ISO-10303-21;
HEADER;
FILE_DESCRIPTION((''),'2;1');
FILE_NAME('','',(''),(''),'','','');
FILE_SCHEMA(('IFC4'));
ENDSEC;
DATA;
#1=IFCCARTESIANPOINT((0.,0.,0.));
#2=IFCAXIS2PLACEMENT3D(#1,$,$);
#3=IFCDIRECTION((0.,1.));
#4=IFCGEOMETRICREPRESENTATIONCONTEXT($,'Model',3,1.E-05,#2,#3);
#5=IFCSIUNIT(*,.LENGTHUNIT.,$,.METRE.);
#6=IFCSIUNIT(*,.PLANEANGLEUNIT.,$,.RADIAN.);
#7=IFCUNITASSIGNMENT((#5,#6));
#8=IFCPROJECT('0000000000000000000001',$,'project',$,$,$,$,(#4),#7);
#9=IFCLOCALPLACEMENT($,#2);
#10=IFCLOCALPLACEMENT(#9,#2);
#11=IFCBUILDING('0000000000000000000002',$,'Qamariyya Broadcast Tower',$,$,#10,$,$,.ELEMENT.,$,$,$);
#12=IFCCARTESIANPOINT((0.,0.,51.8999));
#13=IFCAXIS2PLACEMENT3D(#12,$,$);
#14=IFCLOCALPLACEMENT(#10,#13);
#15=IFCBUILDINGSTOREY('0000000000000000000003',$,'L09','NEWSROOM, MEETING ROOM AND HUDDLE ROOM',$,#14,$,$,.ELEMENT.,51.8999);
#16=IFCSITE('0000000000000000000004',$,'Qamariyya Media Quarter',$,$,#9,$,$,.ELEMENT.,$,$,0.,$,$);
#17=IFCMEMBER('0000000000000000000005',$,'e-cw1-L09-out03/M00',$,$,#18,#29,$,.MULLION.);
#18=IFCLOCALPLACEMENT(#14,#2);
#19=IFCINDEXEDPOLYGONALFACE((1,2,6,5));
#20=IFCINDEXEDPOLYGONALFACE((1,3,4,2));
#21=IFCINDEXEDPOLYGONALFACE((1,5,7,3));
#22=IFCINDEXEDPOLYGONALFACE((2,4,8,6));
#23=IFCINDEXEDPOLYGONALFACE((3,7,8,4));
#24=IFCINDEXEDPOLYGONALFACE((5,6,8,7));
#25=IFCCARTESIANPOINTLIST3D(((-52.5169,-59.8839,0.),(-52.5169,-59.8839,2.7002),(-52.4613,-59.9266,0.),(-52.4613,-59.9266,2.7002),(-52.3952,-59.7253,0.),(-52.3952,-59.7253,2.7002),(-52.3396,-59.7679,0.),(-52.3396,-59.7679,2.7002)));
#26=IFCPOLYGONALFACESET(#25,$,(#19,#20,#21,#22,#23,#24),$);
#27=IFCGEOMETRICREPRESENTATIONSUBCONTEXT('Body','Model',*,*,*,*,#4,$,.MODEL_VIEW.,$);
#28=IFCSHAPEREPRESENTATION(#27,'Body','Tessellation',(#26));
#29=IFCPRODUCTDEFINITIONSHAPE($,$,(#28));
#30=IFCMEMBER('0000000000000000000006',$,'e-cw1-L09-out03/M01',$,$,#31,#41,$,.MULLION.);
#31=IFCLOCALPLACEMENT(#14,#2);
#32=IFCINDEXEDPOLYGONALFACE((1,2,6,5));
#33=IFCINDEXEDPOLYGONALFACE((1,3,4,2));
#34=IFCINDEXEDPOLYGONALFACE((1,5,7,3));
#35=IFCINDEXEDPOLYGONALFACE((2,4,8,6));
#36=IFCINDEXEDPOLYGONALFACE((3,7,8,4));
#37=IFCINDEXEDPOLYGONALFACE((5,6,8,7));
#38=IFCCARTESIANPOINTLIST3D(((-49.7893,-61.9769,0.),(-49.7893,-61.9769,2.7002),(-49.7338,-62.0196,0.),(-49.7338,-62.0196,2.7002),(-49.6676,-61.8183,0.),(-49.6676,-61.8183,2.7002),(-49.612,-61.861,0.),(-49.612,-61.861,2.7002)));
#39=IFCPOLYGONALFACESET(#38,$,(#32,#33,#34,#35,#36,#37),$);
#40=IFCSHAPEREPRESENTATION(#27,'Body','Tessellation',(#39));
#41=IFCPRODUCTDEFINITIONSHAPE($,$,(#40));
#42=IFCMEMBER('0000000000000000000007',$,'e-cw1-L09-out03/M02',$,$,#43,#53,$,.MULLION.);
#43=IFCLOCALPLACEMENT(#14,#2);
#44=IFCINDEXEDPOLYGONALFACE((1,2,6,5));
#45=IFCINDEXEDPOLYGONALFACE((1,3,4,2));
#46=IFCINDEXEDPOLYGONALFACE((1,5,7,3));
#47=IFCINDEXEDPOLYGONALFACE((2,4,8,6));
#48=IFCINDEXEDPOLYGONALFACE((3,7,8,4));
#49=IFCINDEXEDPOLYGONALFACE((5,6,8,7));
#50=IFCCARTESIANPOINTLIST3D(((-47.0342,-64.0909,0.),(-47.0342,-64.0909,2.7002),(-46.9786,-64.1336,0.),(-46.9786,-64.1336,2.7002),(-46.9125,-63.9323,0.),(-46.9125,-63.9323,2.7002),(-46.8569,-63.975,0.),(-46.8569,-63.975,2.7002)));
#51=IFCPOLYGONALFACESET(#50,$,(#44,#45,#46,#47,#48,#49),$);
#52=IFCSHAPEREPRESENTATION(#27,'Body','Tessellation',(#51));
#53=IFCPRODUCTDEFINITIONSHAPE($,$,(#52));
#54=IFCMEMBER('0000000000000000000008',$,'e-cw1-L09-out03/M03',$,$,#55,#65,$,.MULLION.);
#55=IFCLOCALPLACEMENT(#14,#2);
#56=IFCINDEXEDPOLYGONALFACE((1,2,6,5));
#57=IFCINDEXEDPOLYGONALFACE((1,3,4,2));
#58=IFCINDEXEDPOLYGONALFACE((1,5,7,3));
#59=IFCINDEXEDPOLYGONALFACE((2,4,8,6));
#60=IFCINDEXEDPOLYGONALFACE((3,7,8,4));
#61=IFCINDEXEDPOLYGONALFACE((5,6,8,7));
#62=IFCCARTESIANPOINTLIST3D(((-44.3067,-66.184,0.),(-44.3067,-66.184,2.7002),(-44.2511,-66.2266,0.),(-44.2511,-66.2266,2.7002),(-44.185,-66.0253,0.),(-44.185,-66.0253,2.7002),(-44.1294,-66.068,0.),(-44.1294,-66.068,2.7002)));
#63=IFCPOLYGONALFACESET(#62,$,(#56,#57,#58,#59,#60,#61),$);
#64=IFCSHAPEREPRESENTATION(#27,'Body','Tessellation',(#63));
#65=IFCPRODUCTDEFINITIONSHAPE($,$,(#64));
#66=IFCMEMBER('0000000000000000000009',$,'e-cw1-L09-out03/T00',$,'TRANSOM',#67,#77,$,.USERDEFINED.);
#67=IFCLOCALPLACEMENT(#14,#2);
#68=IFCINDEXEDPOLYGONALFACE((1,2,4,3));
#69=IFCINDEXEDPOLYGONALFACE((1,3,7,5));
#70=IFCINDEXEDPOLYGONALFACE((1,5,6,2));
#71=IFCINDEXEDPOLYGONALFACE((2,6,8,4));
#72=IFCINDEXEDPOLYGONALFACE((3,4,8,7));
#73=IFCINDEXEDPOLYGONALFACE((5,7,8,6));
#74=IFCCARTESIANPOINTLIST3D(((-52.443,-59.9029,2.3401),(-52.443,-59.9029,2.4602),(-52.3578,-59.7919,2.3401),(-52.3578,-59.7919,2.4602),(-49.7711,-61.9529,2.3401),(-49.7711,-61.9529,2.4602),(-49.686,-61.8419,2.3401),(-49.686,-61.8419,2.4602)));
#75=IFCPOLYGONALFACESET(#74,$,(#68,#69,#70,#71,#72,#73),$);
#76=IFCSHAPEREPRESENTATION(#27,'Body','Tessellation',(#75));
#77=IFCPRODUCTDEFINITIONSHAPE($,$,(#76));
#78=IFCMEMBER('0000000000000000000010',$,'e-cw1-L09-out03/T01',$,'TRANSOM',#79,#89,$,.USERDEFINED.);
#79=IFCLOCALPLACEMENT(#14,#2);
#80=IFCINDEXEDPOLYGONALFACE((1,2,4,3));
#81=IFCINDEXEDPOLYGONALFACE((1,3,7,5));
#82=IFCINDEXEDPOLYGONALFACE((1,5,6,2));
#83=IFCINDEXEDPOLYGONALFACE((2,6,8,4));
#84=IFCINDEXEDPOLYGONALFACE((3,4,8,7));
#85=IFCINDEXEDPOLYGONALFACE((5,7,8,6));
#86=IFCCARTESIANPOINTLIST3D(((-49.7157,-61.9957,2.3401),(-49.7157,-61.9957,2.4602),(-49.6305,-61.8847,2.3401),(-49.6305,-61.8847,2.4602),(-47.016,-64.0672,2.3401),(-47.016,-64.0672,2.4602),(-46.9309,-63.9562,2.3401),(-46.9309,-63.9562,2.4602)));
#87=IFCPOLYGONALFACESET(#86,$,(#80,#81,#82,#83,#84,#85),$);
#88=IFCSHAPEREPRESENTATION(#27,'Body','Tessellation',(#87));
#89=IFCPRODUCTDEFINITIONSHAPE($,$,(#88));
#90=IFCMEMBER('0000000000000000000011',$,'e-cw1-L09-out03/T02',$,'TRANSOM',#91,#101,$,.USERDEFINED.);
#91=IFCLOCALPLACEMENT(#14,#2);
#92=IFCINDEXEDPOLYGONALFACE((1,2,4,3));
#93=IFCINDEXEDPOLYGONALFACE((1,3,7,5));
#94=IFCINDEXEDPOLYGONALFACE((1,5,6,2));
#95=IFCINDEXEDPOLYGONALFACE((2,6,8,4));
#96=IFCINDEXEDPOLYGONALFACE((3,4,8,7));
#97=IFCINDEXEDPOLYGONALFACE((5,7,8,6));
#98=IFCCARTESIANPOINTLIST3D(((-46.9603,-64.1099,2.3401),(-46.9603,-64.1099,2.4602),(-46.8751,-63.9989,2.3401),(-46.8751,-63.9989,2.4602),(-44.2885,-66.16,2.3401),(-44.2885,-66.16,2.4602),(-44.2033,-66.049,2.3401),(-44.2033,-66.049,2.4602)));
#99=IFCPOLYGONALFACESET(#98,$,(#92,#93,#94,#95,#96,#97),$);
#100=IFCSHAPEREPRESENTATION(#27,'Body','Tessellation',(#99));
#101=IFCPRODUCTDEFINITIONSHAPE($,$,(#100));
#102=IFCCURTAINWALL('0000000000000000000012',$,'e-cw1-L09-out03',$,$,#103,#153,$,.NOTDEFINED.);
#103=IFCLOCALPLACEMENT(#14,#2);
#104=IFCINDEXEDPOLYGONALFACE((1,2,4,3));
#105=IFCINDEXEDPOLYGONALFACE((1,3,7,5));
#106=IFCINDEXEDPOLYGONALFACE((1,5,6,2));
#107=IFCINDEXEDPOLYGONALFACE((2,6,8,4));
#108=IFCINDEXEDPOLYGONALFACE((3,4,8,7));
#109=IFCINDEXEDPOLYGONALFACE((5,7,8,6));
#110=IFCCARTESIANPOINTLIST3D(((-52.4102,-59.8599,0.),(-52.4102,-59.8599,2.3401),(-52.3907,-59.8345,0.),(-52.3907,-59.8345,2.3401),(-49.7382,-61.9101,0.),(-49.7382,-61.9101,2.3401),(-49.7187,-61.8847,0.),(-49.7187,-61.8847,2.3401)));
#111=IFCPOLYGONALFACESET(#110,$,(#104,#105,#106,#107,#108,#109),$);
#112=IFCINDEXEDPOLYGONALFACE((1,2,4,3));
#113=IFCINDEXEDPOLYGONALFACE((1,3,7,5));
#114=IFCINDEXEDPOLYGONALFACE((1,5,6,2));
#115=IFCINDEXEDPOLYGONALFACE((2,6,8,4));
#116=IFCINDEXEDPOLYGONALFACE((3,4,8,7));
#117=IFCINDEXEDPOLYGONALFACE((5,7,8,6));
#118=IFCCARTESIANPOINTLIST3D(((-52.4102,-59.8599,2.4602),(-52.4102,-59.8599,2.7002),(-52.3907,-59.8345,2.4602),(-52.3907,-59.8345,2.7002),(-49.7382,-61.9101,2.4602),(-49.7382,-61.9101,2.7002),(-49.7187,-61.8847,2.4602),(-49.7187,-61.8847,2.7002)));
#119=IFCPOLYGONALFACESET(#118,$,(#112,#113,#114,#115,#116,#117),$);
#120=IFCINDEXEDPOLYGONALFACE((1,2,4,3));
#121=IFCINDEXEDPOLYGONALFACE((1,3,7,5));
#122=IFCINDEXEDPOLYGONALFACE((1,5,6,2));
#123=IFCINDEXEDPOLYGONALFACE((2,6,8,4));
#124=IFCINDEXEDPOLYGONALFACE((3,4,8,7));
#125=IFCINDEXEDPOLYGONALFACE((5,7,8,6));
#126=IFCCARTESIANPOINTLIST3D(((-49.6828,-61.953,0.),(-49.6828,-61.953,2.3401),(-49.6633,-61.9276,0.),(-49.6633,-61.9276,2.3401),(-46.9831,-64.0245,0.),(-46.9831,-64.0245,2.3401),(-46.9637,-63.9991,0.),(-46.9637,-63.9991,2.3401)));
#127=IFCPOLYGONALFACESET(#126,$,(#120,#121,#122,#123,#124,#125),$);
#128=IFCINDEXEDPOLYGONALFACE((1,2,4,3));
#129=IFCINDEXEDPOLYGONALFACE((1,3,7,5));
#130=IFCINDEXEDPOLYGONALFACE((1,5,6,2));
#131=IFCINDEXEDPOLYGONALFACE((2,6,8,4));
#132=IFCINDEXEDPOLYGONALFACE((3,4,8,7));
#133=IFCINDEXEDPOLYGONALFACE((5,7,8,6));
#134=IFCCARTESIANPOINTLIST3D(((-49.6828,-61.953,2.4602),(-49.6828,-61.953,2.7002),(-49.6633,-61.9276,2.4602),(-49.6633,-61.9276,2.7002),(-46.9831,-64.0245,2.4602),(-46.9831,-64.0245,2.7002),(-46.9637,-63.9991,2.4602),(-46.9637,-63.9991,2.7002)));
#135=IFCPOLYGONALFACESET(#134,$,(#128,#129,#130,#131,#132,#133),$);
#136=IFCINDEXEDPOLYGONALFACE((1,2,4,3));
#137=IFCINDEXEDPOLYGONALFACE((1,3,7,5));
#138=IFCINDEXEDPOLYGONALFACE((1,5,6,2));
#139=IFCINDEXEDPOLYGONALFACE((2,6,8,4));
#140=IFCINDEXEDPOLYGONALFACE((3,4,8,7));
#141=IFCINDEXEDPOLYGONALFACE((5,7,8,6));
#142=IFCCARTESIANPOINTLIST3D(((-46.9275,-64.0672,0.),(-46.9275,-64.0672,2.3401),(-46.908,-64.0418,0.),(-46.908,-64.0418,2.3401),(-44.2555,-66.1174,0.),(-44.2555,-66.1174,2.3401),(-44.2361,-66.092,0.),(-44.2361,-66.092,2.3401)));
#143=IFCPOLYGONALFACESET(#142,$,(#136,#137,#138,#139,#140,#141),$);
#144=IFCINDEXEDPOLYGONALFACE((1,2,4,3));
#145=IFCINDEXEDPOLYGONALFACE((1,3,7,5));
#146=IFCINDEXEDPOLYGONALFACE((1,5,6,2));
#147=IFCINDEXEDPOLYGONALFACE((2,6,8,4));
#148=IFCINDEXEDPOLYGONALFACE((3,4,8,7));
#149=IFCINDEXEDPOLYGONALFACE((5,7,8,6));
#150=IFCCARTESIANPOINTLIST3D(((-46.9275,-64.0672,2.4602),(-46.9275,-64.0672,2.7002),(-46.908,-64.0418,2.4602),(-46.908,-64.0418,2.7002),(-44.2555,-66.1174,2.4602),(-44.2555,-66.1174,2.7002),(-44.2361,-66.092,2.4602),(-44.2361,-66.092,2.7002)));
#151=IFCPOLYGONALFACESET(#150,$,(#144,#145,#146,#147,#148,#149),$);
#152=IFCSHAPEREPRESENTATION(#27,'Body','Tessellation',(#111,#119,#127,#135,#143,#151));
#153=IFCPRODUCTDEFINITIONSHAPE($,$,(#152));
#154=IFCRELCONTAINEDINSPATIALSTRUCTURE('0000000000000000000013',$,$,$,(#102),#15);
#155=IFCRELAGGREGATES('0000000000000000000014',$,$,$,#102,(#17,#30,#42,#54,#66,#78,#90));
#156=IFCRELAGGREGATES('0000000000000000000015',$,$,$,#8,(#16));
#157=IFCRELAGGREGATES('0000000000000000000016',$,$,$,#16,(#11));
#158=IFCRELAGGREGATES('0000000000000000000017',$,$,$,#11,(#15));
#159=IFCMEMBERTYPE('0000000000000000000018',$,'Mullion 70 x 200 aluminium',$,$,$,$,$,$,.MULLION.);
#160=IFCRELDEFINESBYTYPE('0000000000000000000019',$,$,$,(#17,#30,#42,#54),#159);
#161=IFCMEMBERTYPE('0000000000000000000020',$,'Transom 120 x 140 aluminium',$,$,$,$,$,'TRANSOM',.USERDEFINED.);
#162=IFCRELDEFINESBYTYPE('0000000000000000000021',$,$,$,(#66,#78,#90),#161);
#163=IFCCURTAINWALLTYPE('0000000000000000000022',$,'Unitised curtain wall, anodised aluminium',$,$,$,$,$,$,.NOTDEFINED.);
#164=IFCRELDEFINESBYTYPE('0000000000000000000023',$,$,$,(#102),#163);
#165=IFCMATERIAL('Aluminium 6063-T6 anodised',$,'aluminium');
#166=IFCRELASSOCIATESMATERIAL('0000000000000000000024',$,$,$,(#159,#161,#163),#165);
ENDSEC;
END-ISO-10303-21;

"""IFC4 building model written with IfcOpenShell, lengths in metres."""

from ifc_helpers import new_model, si_unit, direction, frame, origin, origin_2d, place, context, subcontext, project, spatial, rectangle, extrude, material, material_profile, profile_set, type_object, element, aggregate, save


model = new_model("IFC4")

# Units and contexts
model_context = context("Model", 3, precision=1e-05, world=origin(), true_north=direction((0.0, 1.0)))
body_context = subcontext(model_context, "Body", "Model", "MODEL_VIEW")
ifc_project = project(units=[si_unit("LENGTHUNIT", "METRE"), si_unit("PLANEANGLEUNIT", "RADIAN")], contexts=[model_context])

# Members
ifc_material = material(Name="Aluminium 6063-T6 anodised", Category="aluminium")
ifc_material_profile_1 = material_profile(ifc_material, rectangle(XDim=0.2, YDim=0.0701, at=origin_2d()))
ifc_profile_set_1 = profile_set([ifc_material_profile_1], Name="Aluminium 6063-T6 anodised")
member_type_1 = type_object("IfcMemberType", Name="Mullion 70 x 200 aluminium", PredefinedType="MULLION", material=ifc_profile_set_1)
site_placement = place(None, origin())
building_placement = place(site_placement, origin())
storey_placement = place(building_placement, frame((0.0, 0.0, 51.8999)))
member_1_placement = place(storey_placement, frame((-52.4282, -59.8259, 0.0), z_axis=(0.0, 0.0, 1.0), x_axis=(0.608761, 0.793353, 0.0)))
member_1 = element("IfcMember", 1, at=member_1_placement, type_object=member_type_1, Name="e-cw1-L09-out03/M00", PredefinedType="MULLION", context=body_context, shape_type="SweptSolid", body=[
    extrude(rectangle(XDim=0.2, YDim=0.0701, at=origin_2d()), origin(), (0.0, 0.0, 1.0), 2.7002),
])
member_2_placement = place(storey_placement, frame((-49.7007, -61.9189, 0.0), z_axis=(0.0, 0.0, 1.0), x_axis=(0.608761, 0.793353, 0.0)))
member_2 = element("IfcMember", 2, at=member_2_placement, type_object=member_type_1, Name="e-cw1-L09-out03/M01", PredefinedType="MULLION", context=body_context, shape_type="SweptSolid", body=[
    extrude(rectangle(XDim=0.2, YDim=0.0701, at=origin_2d()), origin(), (0.0, 0.0, 1.0), 2.7002),
])
member_3_placement = place(storey_placement, frame((-46.9456, -64.033, 0.0), z_axis=(0.0, 0.0, 1.0), x_axis=(0.608761, 0.793353, 0.0)))
member_3 = element("IfcMember", 3, at=member_3_placement, type_object=member_type_1, Name="e-cw1-L09-out03/M02", PredefinedType="MULLION", context=body_context, shape_type="SweptSolid", body=[
    extrude(rectangle(XDim=0.2, YDim=0.0701, at=origin_2d()), origin(), (0.0, 0.0, 1.0), 2.7002),
])
member_4_placement = place(storey_placement, frame((-44.218, -66.126, 0.0), z_axis=(0.0, 0.0, 1.0), x_axis=(0.608761, 0.793353, 0.0)))
member_4 = element("IfcMember", 4, at=member_4_placement, type_object=member_type_1, Name="e-cw1-L09-out03/M03", PredefinedType="MULLION", context=body_context, shape_type="SweptSolid", body=[
    extrude(rectangle(XDim=0.2, YDim=0.0701, at=origin_2d()), origin(), (0.0, 0.0, 1.0), 2.7002),
])
ifc_material_profile_2 = material_profile(ifc_material, rectangle(XDim=0.1399, YDim=0.1201, at=origin_2d()))
ifc_profile_set_2 = profile_set([ifc_material_profile_2], Name="Aluminium 6063-T6 anodised")
member_type_2 = type_object("IfcMemberType", Name="Transom 120 x 140 aluminium", ElementType="TRANSOM", PredefinedType="USERDEFINED", material=ifc_profile_set_2)
member_5_placement = place(storey_placement, frame((-52.4004, -59.8474, 2.4001), z_axis=(0.793375, -0.608733, 0.0), x_axis=(0.608733, 0.793375, 0.0)))
member_5 = element("IfcMember", 5, at=member_5_placement, type_object=member_type_2, Name="e-cw1-L09-out03/T00", ObjectType="TRANSOM", PredefinedType="USERDEFINED", context=body_context, shape_type="SweptSolid", body=[
    extrude(rectangle(XDim=0.1399, YDim=0.1201, at=origin_2d()), origin(), (0.0, 0.0, 1.0), 3.3677),
])
member_6_placement = place(storey_placement, frame((-49.6731, -61.9402, 2.4001), z_axis=(0.793357, -0.608757, 0.0), x_axis=(0.608757, 0.793357, 0.0)))
member_6 = element("IfcMember", 6, at=member_6_placement, type_object=member_type_2, Name="e-cw1-L09-out03/T01", ObjectType="TRANSOM", PredefinedType="USERDEFINED", context=body_context, shape_type="SweptSolid", body=[
    extrude(rectangle(XDim=0.1399, YDim=0.1201, at=origin_2d()), origin(), (0.0, 0.0, 1.0), 3.4028),
])
member_7_placement = place(storey_placement, frame((-46.9177, -64.0544, 2.4001), z_axis=(0.793375, -0.608733, 0.0), x_axis=(0.608733, 0.793375, 0.0)))
member_7 = element("IfcMember", 7, at=member_7_placement, type_object=member_type_2, Name="e-cw1-L09-out03/T02", ObjectType="TRANSOM", PredefinedType="USERDEFINED", context=body_context, shape_type="SweptSolid", body=[
    extrude(rectangle(XDim=0.1399, YDim=0.1201, at=origin_2d()), origin(), (0.0, 0.0, 1.0), 3.3677),
])

# Site, building, storey
site = spatial("IfcSite", under=ifc_project, at=site_placement, Name="Qamariyya Media Quarter", CompositionType="ELEMENT", RefElevation=0.0)
building = spatial("IfcBuilding", under=site, at=building_placement, Name="Qamariyya Broadcast Tower", CompositionType="ELEMENT")
storey = spatial("IfcBuildingStorey", under=building, at=storey_placement, Name="L09", Description="NEWSROOM, MEETING ROOM AND HUDDLE ROOM", CompositionType="ELEMENT", Elevation=51.8999)

# Curtain wall
curtain_wall_type = type_object("IfcCurtainWallType", Name="Unitised curtain wall, anodised aluminium", PredefinedType="NOTDEFINED", material=ifc_material)
curtain_wall_1_placement = place(storey_placement, origin())
curtain_wall_1 = element("IfcCurtainWall", 8, at=curtain_wall_1_placement, inside=storey, type_object=curtain_wall_type, Name="e-cw1-L09-out03", PredefinedType="NOTDEFINED", context=body_context, shape_type="SweptSolid", body=[
    extrude(rectangle(XDim=3.3679, YDim=0.032, at=origin_2d()), frame((-51.0645, -60.8723, 0.0), x_axis=(0.793358, -0.608756, 0.0)), (0.0, 0.0, 1.0), 2.3401),
    extrude(rectangle(XDim=3.3679, YDim=0.032, at=origin_2d()), frame((-51.0645, -60.8723, 2.4602), x_axis=(0.793358, -0.608756, 0.0)), (0.0, 0.0, 1.0), 0.24),
    extrude(rectangle(XDim=3.4028, YDim=0.032, at=origin_2d()), frame((-48.3232, -62.9761, 0.0), x_axis=(0.793358, -0.608756, 0.0)), (0.0, 0.0, 1.0), 2.3401),
    extrude(rectangle(XDim=3.4028, YDim=0.032, at=origin_2d()), frame((-48.3232, -62.9761, 2.4602), x_axis=(0.793358, -0.608756, 0.0)), (0.0, 0.0, 1.0), 0.24),
    extrude(rectangle(XDim=3.3679, YDim=0.032, at=origin_2d()), frame((-45.5818, -65.0796, 0.0), x_axis=(0.793358, -0.608756, 0.0)), (0.0, 0.0, 1.0), 2.3401),
    extrude(rectangle(XDim=3.3679, YDim=0.032, at=origin_2d()), frame((-45.5818, -65.0796, 2.4602), x_axis=(0.793358, -0.608756, 0.0)), (0.0, 0.0, 1.0), 0.24),
])
aggregate(curtain_wall_1, [member_1, member_2, member_3, member_4, member_5, member_6, member_7])

save(model, "model.ifc")
